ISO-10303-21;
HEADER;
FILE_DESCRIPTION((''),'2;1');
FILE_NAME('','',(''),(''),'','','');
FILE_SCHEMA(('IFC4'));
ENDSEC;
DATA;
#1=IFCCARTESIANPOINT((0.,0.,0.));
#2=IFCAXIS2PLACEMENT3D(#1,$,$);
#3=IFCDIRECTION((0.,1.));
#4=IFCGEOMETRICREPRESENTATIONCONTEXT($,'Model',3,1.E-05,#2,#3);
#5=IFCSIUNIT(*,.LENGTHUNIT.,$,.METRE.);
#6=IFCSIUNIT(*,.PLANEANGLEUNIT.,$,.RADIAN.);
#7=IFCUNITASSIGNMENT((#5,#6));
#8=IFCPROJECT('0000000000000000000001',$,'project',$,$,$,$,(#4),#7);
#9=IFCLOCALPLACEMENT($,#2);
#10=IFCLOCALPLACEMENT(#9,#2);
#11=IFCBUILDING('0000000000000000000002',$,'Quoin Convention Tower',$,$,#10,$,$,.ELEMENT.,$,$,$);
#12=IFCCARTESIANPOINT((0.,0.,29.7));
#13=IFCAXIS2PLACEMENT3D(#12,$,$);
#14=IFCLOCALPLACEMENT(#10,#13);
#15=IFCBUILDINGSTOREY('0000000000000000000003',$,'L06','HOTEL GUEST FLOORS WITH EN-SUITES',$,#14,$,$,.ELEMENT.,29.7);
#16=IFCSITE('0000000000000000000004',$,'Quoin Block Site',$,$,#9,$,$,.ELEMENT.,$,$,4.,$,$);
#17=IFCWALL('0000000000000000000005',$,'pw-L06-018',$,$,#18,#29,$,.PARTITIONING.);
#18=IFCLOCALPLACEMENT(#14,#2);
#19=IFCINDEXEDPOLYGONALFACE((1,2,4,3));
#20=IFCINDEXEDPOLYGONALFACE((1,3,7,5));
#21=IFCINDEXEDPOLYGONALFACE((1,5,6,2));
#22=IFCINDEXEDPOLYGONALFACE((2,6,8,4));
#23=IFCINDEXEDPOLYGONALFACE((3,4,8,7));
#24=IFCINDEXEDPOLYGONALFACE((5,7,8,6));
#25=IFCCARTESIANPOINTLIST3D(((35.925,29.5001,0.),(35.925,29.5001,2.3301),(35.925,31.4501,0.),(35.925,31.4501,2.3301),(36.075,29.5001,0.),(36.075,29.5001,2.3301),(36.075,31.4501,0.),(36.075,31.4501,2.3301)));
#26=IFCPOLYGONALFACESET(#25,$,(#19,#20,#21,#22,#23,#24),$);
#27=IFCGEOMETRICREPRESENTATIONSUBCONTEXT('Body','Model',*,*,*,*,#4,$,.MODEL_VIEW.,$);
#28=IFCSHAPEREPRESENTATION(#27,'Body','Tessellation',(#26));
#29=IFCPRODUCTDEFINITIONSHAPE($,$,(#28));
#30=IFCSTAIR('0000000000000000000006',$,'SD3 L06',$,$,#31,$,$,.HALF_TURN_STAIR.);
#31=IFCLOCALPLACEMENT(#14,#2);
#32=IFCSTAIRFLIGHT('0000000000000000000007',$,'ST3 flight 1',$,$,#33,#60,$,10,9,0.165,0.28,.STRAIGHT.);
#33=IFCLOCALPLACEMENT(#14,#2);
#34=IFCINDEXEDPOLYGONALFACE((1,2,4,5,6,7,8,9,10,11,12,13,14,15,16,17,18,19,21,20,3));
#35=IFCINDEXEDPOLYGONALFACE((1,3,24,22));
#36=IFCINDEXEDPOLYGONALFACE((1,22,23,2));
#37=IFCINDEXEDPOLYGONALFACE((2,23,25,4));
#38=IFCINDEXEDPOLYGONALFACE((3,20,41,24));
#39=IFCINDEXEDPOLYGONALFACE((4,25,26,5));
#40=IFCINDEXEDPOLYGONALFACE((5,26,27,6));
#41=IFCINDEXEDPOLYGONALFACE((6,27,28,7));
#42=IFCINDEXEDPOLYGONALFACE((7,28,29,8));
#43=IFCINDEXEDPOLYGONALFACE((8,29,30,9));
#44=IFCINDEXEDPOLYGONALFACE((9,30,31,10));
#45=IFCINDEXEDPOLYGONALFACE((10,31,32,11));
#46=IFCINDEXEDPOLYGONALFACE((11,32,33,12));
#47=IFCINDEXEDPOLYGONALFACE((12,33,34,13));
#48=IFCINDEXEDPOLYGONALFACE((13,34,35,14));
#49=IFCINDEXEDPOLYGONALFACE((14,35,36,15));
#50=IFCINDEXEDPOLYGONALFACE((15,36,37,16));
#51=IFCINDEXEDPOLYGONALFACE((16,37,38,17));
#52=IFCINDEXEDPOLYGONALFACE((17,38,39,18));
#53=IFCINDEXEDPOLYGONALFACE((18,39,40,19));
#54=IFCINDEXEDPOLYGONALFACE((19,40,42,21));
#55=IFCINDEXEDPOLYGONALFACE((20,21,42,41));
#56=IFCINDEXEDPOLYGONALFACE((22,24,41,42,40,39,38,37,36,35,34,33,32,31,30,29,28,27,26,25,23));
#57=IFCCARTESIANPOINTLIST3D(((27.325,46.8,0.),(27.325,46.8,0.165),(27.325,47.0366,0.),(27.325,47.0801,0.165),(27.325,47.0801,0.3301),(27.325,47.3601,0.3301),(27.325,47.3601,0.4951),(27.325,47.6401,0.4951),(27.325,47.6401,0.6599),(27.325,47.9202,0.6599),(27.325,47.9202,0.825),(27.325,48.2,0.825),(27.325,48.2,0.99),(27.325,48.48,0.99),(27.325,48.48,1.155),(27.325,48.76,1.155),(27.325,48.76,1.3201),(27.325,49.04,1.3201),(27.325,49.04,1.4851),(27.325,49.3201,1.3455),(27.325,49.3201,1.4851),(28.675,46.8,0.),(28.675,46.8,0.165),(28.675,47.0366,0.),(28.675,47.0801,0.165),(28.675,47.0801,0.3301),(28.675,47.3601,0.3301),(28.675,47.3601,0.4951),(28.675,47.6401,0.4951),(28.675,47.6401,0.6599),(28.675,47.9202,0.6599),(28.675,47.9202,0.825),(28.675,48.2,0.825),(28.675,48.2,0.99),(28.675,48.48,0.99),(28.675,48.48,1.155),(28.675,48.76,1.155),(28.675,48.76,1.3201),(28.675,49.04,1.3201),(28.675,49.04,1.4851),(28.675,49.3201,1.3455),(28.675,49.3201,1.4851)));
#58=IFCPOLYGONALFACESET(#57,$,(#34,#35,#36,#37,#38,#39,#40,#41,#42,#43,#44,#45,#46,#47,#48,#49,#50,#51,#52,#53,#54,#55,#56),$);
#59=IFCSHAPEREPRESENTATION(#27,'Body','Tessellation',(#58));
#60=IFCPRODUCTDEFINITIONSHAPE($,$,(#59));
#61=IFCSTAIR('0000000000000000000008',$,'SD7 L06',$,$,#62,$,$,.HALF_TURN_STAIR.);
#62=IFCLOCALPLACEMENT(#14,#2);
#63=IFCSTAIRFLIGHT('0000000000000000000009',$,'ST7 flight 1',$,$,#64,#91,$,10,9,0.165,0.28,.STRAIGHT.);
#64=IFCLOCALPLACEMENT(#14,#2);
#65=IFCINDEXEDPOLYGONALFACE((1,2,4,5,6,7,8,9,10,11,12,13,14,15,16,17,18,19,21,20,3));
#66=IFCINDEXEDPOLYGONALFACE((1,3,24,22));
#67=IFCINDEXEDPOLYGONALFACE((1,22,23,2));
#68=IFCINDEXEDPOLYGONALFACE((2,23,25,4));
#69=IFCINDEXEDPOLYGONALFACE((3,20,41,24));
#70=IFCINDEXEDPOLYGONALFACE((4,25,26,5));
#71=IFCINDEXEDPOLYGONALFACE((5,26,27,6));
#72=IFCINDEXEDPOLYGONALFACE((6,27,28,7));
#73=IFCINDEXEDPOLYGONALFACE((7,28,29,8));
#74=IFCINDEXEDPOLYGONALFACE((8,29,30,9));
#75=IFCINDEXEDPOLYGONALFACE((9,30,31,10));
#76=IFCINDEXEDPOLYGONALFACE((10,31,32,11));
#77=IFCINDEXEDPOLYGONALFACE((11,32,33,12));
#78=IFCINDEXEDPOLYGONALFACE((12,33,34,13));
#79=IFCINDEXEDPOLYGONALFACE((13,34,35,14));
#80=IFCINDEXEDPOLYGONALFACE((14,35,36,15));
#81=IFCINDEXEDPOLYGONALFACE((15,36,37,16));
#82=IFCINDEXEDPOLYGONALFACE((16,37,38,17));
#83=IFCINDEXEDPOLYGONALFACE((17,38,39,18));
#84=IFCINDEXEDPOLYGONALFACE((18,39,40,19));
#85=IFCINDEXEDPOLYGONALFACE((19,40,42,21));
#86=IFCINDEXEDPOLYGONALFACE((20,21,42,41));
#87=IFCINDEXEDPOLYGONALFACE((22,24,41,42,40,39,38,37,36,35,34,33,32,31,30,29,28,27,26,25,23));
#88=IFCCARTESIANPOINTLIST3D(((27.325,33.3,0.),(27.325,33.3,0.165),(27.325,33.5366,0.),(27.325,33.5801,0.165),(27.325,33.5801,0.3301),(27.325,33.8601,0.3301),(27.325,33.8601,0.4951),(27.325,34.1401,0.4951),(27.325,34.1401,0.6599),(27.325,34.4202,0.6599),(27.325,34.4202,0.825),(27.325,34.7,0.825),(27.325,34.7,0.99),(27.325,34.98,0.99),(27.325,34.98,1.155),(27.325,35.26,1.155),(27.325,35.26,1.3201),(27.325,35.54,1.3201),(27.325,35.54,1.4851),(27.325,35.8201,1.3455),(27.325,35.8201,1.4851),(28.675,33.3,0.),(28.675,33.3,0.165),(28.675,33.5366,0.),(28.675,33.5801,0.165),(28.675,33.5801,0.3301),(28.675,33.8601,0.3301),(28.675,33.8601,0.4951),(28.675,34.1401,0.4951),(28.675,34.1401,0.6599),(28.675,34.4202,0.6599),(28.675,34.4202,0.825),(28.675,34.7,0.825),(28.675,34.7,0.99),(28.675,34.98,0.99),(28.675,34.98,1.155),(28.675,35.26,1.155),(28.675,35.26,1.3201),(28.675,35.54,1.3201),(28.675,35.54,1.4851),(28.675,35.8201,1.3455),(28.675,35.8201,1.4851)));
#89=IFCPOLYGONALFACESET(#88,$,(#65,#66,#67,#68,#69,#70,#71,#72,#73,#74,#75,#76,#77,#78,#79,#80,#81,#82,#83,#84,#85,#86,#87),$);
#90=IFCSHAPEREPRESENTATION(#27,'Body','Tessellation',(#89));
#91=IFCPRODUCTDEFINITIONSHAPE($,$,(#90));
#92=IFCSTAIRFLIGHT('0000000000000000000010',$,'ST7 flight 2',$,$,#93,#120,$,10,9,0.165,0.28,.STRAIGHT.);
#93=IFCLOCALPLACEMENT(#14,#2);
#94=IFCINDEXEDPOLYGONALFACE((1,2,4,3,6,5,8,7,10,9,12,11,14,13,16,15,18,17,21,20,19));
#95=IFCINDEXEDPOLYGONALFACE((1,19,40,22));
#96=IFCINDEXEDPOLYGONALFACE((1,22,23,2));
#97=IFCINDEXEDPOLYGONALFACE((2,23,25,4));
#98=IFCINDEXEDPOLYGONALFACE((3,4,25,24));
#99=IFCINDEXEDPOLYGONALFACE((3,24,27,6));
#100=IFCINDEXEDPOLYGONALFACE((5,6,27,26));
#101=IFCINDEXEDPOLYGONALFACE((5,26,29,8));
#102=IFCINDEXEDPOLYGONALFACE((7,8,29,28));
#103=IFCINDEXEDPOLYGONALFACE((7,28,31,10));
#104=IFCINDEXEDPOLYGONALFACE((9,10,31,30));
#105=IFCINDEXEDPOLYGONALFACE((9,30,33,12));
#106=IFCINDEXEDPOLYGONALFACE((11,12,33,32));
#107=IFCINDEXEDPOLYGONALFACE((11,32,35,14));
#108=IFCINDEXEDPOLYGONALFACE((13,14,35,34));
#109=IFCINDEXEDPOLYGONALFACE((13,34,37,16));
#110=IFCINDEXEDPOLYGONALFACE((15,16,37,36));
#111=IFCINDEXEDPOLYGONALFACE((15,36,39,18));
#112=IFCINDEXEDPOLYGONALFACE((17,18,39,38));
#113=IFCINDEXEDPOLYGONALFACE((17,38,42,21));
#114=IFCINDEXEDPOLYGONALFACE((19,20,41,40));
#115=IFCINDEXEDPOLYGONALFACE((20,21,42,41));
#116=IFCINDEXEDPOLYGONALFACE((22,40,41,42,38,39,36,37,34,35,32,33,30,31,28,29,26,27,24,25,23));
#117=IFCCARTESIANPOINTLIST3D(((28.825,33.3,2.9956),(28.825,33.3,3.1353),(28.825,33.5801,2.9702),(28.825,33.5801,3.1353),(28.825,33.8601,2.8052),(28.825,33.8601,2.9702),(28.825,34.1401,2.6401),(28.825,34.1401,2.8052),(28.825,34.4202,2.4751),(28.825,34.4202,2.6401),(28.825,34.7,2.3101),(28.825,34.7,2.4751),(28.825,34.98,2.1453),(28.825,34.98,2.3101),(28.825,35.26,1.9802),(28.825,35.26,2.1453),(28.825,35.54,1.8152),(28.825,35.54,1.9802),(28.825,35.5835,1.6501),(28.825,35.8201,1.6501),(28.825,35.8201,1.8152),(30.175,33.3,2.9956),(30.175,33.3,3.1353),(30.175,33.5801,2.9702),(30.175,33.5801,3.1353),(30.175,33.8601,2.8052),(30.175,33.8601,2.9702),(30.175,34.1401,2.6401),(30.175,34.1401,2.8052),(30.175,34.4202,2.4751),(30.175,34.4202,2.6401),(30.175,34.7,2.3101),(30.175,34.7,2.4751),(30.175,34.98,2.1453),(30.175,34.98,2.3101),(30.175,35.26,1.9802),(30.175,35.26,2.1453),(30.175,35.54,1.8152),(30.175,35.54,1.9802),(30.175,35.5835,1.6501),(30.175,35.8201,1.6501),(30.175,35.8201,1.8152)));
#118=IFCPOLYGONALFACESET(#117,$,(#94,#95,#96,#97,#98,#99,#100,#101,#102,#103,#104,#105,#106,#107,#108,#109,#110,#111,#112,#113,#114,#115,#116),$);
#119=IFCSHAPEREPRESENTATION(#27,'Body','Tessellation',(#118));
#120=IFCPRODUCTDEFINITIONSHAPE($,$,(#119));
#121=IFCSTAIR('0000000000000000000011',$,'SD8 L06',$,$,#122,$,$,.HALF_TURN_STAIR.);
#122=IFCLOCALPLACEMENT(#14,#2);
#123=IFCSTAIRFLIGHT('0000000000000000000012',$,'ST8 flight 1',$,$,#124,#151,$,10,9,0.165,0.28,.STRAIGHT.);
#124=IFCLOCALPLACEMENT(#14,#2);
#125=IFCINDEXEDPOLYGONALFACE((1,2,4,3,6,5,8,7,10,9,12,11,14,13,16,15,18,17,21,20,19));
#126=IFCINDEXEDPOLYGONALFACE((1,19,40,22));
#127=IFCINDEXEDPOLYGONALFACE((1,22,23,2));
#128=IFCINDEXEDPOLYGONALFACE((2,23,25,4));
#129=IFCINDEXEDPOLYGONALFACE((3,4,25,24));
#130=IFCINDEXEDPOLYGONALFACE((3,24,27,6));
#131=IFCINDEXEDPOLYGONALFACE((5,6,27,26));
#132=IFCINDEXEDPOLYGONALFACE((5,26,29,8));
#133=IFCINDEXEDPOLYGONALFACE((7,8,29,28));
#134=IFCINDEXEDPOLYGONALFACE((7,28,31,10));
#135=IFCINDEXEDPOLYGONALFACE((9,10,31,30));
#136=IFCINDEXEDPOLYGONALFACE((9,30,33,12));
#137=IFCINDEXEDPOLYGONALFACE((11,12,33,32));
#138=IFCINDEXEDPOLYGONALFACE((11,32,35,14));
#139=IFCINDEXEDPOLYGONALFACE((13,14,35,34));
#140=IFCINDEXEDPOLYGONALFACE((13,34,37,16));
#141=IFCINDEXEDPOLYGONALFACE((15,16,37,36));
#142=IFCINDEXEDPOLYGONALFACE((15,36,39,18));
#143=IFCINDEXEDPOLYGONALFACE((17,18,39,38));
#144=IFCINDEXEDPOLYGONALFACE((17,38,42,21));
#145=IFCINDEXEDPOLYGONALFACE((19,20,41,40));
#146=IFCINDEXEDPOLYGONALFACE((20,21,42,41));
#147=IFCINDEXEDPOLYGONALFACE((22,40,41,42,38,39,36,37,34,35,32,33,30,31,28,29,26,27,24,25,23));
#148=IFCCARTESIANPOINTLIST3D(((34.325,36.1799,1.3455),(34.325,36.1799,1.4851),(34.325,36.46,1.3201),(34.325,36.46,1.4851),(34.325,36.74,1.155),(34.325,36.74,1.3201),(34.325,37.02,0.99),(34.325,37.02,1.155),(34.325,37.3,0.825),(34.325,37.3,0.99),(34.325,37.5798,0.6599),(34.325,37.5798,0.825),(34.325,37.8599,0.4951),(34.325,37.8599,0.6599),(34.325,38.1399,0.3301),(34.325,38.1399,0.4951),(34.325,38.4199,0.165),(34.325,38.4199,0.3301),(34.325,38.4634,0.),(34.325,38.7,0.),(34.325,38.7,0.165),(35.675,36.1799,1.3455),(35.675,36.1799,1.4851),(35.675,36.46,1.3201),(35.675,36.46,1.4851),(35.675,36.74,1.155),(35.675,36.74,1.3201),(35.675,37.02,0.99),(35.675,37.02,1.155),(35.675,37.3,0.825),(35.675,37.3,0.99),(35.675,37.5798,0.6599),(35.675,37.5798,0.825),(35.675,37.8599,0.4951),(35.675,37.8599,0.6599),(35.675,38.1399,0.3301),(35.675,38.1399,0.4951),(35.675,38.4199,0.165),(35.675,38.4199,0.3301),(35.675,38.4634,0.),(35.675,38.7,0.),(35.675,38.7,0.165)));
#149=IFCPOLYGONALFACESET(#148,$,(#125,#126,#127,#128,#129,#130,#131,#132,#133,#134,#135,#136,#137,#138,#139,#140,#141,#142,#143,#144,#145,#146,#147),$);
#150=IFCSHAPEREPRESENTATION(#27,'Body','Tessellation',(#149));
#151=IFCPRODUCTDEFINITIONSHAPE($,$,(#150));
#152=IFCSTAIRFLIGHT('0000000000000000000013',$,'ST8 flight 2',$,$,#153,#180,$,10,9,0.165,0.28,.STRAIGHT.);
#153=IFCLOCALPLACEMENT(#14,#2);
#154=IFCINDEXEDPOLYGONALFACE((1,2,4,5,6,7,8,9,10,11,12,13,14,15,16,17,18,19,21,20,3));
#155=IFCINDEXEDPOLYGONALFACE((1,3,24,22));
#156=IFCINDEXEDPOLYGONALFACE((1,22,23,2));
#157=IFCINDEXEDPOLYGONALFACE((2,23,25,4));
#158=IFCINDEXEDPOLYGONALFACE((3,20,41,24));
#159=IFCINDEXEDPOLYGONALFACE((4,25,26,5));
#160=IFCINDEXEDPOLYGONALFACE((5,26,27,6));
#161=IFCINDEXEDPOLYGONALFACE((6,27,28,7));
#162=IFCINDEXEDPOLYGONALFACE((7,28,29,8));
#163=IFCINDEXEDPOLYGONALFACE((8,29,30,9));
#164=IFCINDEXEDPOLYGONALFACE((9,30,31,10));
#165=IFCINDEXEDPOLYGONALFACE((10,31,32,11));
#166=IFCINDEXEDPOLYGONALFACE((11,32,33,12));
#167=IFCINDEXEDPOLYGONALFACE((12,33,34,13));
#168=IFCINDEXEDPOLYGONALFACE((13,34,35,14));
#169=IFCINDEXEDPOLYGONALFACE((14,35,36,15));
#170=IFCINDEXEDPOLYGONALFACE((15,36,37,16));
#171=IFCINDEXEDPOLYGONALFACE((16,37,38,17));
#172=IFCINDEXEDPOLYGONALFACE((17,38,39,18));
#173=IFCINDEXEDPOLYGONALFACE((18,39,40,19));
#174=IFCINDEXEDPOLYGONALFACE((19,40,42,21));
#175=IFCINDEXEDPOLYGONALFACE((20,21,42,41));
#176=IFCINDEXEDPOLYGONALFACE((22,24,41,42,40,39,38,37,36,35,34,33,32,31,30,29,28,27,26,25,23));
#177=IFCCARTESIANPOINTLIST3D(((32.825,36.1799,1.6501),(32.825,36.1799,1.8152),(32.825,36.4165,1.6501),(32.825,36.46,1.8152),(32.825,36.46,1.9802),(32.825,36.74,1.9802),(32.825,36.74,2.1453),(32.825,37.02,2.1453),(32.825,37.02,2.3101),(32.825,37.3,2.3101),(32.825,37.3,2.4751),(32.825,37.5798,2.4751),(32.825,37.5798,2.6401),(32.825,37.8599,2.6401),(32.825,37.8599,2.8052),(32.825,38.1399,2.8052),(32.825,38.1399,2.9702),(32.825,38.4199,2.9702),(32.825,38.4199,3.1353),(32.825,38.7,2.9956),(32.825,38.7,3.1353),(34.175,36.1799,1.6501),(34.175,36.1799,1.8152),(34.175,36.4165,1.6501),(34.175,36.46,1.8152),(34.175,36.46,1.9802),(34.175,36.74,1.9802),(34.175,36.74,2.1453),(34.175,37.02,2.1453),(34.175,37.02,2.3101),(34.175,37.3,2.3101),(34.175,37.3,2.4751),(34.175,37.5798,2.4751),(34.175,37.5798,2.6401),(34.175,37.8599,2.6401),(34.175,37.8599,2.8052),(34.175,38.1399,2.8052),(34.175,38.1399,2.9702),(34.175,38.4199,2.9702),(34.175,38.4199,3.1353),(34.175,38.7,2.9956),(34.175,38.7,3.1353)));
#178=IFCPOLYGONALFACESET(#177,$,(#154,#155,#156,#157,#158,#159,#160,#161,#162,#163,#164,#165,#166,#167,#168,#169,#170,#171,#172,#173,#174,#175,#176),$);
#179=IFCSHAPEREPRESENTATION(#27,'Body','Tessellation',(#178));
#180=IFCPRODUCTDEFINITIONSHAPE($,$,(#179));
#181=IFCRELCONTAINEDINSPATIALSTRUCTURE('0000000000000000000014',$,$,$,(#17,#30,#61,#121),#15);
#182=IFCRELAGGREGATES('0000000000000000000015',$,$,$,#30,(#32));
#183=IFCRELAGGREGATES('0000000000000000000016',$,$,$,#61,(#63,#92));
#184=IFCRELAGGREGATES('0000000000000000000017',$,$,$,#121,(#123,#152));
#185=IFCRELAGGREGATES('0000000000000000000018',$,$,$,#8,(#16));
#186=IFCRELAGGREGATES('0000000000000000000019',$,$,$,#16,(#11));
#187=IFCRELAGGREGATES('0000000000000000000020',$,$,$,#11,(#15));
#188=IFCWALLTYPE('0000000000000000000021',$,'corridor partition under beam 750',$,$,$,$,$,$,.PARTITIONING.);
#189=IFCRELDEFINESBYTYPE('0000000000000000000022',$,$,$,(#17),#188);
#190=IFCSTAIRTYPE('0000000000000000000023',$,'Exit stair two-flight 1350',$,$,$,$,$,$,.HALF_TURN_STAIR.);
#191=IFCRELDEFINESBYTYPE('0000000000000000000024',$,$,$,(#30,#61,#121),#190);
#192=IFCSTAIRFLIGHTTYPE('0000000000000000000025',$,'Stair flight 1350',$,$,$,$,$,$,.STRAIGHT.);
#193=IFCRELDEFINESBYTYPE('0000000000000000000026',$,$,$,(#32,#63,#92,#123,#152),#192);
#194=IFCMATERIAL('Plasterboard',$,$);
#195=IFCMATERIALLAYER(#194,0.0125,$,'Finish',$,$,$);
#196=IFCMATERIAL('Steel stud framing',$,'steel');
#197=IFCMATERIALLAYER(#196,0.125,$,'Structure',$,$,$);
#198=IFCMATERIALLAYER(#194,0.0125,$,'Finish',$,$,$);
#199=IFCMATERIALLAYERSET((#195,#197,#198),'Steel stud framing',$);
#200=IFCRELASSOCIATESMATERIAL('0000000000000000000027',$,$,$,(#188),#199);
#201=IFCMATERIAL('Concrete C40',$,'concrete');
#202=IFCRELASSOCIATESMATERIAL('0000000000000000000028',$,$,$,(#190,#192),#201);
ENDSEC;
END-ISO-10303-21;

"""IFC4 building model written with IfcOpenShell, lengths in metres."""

from ifc_helpers import new_model, si_unit, direction, frame, frame_2d, origin, place, context, subcontext, project, spatial, polyline, rectangle, outline, extrude, material, layer, layer_set, type_object, element, aggregate, save


model = new_model("IFC4")

# Units and contexts
model_context = context("Model", 3, precision=1e-05, world=origin(), true_north=direction((0.0, 1.0)))
body_context = subcontext(model_context, "Body", "Model", "MODEL_VIEW")
ifc_project = project(units=[si_unit("LENGTHUNIT", "METRE"), si_unit("PLANEANGLEUNIT", "RADIAN")], contexts=[model_context])

# Site, building, storey
site_placement = place(None, origin())
site = spatial("IfcSite", under=ifc_project, at=site_placement, Name="Quoin Block Site", CompositionType="ELEMENT", RefElevation=4.0)
building_placement = place(site_placement, origin())
building = spatial("IfcBuilding", under=site, at=building_placement, Name="Quoin Convention Tower", CompositionType="ELEMENT")
storey_placement = place(building_placement, frame((0.0, 0.0, 29.7)))
storey = spatial("IfcBuildingStorey", under=building, at=storey_placement, Name="L06", Description="HOTEL GUEST FLOORS WITH EN-SUITES", CompositionType="ELEMENT", Elevation=29.7)

# Wall
ifc_material_1 = material(Name="Plasterboard")
ifc_material_2 = material(Name="Steel stud framing", Category="steel")
ifc_layer_1 = layer(ifc_material_1, 0.0125, Name="Finish")
ifc_layer_2 = layer(ifc_material_2, 0.125, Name="Structure")
ifc_layer_3 = layer(ifc_material_1, 0.0125, Name="Finish")
ifc_layer_set_1 = layer_set([ifc_layer_1, ifc_layer_2, ifc_layer_3], Name="Steel stud framing")
wall_type_1 = type_object("IfcWallType", Name="corridor partition under beam 750", PredefinedType="PARTITIONING", material=ifc_layer_set_1)
wall_1_placement = place(storey_placement, frame((36.0, 29.5, 0.0), z_axis=(0.0, 0.0, 1.0), x_axis=(0.0, 1.0, 0.0)))
element("IfcWall", 1, at=wall_1_placement, inside=storey, type_object=wall_type_1, Name="pw-L06-018", PredefinedType="PARTITIONING", context=body_context, shape_type="SweptSolid", body=[
    extrude(rectangle(XDim=1.95, YDim=0.1499, at=frame_2d((0.9751, 0.0))), origin(), (0.0, 0.0, 1.0), 2.3301),
])

# Stair, stair flight
ifc_material_3 = material(Name="Concrete C40", Category="concrete")
stair_type = type_object("IfcStairType", Name="Exit stair two-flight 1350", PredefinedType="HALF_TURN_STAIR", material=ifc_material_3)
stair_1_placement = place(storey_placement, origin())
stair_1 = element("IfcStair", 2, at=stair_1_placement, inside=storey, type_object=stair_type, Name="SD3 L06", PredefinedType="HALF_TURN_STAIR")
stair_flight_type = type_object("IfcStairFlightType", Name="Stair flight 1350", PredefinedType="STRAIGHT", material=ifc_material_3)
stair_flight_1_placement = place(storey_placement, frame((28.0, 46.8, 0.0), z_axis=(0.0, 0.0, 1.0), x_axis=(0.0, 1.0, 0.0)))
stair_flight_1 = element("IfcStairFlight", 3, at=stair_flight_1_placement, type_object=stair_flight_type, Name="ST3 flight 1", NumberOfRisers=10, NumberOfTreads=9, PredefinedType="STRAIGHT", RiserHeight=0.165, TreadLength=0.28, context=body_context, shape_type="SweptSolid", body=[
    extrude(outline(polyline([(0.0, 0.0), (0.0, 0.165), (0.28, 0.165), (0.28, 0.3301), (0.5601, 0.3301), (0.5601, 0.4951), (0.8401, 0.4951), (0.8401, 0.6599), (1.1201, 0.6599), (1.1201, 0.825), (1.3999, 0.825), (1.3999, 0.99), (1.6799, 0.99), (1.6799, 1.155), (1.96, 1.155), (1.96, 1.3201), (2.24, 1.3201), (2.24, 1.4851), (2.52, 1.4851), (2.52, 1.6499), (2.52, 1.3455), (0.2366, 0.0), (0.0, 0.0)])), frame((0.0, 0.675, 0.0), z_axis=(0.0, -1.0, 0.0), x_axis=(1.0, 0.0, 0.0)), (0.0, 0.0, 1.0), 1.3501),
])
aggregate(stair_1, [stair_flight_1])

# Stairs, stair flights
stair_2_placement = place(storey_placement, origin())
stair_2 = element("IfcStair", 4, at=stair_2_placement, inside=storey, type_object=stair_type, Name="SD7 L06", PredefinedType="HALF_TURN_STAIR")
stair_flight_2_placement = place(storey_placement, frame((28.0, 33.3, 0.0), z_axis=(0.0, 0.0, 1.0), x_axis=(0.0, 1.0, 0.0)))
stair_flight_2 = element("IfcStairFlight", 5, at=stair_flight_2_placement, type_object=stair_flight_type, Name="ST7 flight 1", NumberOfRisers=10, NumberOfTreads=9, PredefinedType="STRAIGHT", RiserHeight=0.165, TreadLength=0.28, context=body_context, shape_type="SweptSolid", body=[
    extrude(outline(polyline([(0.0, 0.0), (0.0, 0.165), (0.28, 0.165), (0.28, 0.3301), (0.5601, 0.3301), (0.5601, 0.4951), (0.8401, 0.4951), (0.8401, 0.6599), (1.1201, 0.6599), (1.1201, 0.825), (1.3999, 0.825), (1.3999, 0.99), (1.6799, 0.99), (1.6799, 1.155), (1.96, 1.155), (1.96, 1.3201), (2.24, 1.3201), (2.24, 1.4851), (2.52, 1.4851), (2.52, 1.6499), (2.52, 1.3455), (0.2366, 0.0), (0.0, 0.0)])), frame((0.0, 0.675, 0.0), z_axis=(0.0, -1.0, 0.0), x_axis=(1.0, 0.0, 0.0)), (0.0, 0.0, 1.0), 1.3501),
])
stair_flight_3_placement = place(storey_placement, frame((29.5, 35.8201, 1.6501), z_axis=(0.0, 0.0, 1.0), x_axis=(0.0, -1.0, 0.0)))
stair_flight_3 = element("IfcStairFlight", 6, at=stair_flight_3_placement, type_object=stair_flight_type, Name="ST7 flight 2", NumberOfRisers=10, NumberOfTreads=9, PredefinedType="STRAIGHT", RiserHeight=0.165, TreadLength=0.28, context=body_context, shape_type="SweptSolid", body=[
    extrude(outline(polyline([(0.0, 0.0), (0.0, 0.165), (0.28, 0.165), (0.28, 0.3301), (0.5601, 0.3301), (0.5601, 0.4951), (0.8401, 0.4951), (0.8401, 0.6599), (1.1201, 0.6599), (1.1201, 0.825), (1.3999, 0.825), (1.3999, 0.99), (1.6799, 0.99), (1.6799, 1.155), (1.96, 1.155), (1.96, 1.3201), (2.24, 1.3201), (2.24, 1.4851), (2.52, 1.4851), (2.52, 1.6499), (2.52, 1.3455), (0.2366, 0.0), (0.0, 0.0)])), frame((0.0, 0.675, 0.0), z_axis=(0.0, -1.0, 0.0), x_axis=(1.0, 0.0, 0.0)), (0.0, 0.0, 1.0), 1.3501),
])
aggregate(stair_2, [stair_flight_2, stair_flight_3])
stair_3_placement = place(storey_placement, origin())
stair_3 = element("IfcStair", 7, at=stair_3_placement, inside=storey, type_object=stair_type, Name="SD8 L06", PredefinedType="HALF_TURN_STAIR")
stair_flight_4_placement = place(storey_placement, frame((35.0, 38.7, 0.0), z_axis=(0.0, 0.0, 1.0), x_axis=(0.0, -1.0, 0.0)))
stair_flight_4 = element("IfcStairFlight", 8, at=stair_flight_4_placement, type_object=stair_flight_type, Name="ST8 flight 1", NumberOfRisers=10, NumberOfTreads=9, PredefinedType="STRAIGHT", RiserHeight=0.165, TreadLength=0.28, context=body_context, shape_type="SweptSolid", body=[
    extrude(outline(polyline([(0.0, 0.0), (0.0, 0.165), (0.28, 0.165), (0.28, 0.3301), (0.5601, 0.3301), (0.5601, 0.4951), (0.8401, 0.4951), (0.8401, 0.6599), (1.1201, 0.6599), (1.1201, 0.825), (1.3999, 0.825), (1.3999, 0.99), (1.6799, 0.99), (1.6799, 1.155), (1.96, 1.155), (1.96, 1.3201), (2.24, 1.3201), (2.24, 1.4851), (2.52, 1.4851), (2.52, 1.6499), (2.52, 1.3455), (0.2366, 0.0), (0.0, 0.0)])), frame((0.0, 0.675, 0.0), z_axis=(0.0, -1.0, 0.0), x_axis=(1.0, 0.0, 0.0)), (0.0, 0.0, 1.0), 1.3501),
])
stair_flight_5_placement = place(storey_placement, frame((33.5, 36.1799, 1.6501), z_axis=(0.0, 0.0, 1.0), x_axis=(0.0, 1.0, 0.0)))
stair_flight_5 = element("IfcStairFlight", 9, at=stair_flight_5_placement, type_object=stair_flight_type, Name="ST8 flight 2", NumberOfRisers=10, NumberOfTreads=9, PredefinedType="STRAIGHT", RiserHeight=0.165, TreadLength=0.28, context=body_context, shape_type="SweptSolid", body=[
    extrude(outline(polyline([(0.0, 0.0), (0.0, 0.165), (0.28, 0.165), (0.28, 0.3301), (0.5601, 0.3301), (0.5601, 0.4951), (0.8401, 0.4951), (0.8401, 0.6599), (1.1201, 0.6599), (1.1201, 0.825), (1.3999, 0.825), (1.3999, 0.99), (1.6799, 0.99), (1.6799, 1.155), (1.96, 1.155), (1.96, 1.3201), (2.24, 1.3201), (2.24, 1.4851), (2.52, 1.4851), (2.52, 1.6499), (2.52, 1.3455), (0.2366, 0.0), (0.0, 0.0)])), frame((0.0, 0.675, 0.0), z_axis=(0.0, -1.0, 0.0), x_axis=(1.0, 0.0, 0.0)), (0.0, 0.0, 1.0), 1.3501),
])
aggregate(stair_3, [stair_flight_4, stair_flight_5])

save(model, "model.ifc")
